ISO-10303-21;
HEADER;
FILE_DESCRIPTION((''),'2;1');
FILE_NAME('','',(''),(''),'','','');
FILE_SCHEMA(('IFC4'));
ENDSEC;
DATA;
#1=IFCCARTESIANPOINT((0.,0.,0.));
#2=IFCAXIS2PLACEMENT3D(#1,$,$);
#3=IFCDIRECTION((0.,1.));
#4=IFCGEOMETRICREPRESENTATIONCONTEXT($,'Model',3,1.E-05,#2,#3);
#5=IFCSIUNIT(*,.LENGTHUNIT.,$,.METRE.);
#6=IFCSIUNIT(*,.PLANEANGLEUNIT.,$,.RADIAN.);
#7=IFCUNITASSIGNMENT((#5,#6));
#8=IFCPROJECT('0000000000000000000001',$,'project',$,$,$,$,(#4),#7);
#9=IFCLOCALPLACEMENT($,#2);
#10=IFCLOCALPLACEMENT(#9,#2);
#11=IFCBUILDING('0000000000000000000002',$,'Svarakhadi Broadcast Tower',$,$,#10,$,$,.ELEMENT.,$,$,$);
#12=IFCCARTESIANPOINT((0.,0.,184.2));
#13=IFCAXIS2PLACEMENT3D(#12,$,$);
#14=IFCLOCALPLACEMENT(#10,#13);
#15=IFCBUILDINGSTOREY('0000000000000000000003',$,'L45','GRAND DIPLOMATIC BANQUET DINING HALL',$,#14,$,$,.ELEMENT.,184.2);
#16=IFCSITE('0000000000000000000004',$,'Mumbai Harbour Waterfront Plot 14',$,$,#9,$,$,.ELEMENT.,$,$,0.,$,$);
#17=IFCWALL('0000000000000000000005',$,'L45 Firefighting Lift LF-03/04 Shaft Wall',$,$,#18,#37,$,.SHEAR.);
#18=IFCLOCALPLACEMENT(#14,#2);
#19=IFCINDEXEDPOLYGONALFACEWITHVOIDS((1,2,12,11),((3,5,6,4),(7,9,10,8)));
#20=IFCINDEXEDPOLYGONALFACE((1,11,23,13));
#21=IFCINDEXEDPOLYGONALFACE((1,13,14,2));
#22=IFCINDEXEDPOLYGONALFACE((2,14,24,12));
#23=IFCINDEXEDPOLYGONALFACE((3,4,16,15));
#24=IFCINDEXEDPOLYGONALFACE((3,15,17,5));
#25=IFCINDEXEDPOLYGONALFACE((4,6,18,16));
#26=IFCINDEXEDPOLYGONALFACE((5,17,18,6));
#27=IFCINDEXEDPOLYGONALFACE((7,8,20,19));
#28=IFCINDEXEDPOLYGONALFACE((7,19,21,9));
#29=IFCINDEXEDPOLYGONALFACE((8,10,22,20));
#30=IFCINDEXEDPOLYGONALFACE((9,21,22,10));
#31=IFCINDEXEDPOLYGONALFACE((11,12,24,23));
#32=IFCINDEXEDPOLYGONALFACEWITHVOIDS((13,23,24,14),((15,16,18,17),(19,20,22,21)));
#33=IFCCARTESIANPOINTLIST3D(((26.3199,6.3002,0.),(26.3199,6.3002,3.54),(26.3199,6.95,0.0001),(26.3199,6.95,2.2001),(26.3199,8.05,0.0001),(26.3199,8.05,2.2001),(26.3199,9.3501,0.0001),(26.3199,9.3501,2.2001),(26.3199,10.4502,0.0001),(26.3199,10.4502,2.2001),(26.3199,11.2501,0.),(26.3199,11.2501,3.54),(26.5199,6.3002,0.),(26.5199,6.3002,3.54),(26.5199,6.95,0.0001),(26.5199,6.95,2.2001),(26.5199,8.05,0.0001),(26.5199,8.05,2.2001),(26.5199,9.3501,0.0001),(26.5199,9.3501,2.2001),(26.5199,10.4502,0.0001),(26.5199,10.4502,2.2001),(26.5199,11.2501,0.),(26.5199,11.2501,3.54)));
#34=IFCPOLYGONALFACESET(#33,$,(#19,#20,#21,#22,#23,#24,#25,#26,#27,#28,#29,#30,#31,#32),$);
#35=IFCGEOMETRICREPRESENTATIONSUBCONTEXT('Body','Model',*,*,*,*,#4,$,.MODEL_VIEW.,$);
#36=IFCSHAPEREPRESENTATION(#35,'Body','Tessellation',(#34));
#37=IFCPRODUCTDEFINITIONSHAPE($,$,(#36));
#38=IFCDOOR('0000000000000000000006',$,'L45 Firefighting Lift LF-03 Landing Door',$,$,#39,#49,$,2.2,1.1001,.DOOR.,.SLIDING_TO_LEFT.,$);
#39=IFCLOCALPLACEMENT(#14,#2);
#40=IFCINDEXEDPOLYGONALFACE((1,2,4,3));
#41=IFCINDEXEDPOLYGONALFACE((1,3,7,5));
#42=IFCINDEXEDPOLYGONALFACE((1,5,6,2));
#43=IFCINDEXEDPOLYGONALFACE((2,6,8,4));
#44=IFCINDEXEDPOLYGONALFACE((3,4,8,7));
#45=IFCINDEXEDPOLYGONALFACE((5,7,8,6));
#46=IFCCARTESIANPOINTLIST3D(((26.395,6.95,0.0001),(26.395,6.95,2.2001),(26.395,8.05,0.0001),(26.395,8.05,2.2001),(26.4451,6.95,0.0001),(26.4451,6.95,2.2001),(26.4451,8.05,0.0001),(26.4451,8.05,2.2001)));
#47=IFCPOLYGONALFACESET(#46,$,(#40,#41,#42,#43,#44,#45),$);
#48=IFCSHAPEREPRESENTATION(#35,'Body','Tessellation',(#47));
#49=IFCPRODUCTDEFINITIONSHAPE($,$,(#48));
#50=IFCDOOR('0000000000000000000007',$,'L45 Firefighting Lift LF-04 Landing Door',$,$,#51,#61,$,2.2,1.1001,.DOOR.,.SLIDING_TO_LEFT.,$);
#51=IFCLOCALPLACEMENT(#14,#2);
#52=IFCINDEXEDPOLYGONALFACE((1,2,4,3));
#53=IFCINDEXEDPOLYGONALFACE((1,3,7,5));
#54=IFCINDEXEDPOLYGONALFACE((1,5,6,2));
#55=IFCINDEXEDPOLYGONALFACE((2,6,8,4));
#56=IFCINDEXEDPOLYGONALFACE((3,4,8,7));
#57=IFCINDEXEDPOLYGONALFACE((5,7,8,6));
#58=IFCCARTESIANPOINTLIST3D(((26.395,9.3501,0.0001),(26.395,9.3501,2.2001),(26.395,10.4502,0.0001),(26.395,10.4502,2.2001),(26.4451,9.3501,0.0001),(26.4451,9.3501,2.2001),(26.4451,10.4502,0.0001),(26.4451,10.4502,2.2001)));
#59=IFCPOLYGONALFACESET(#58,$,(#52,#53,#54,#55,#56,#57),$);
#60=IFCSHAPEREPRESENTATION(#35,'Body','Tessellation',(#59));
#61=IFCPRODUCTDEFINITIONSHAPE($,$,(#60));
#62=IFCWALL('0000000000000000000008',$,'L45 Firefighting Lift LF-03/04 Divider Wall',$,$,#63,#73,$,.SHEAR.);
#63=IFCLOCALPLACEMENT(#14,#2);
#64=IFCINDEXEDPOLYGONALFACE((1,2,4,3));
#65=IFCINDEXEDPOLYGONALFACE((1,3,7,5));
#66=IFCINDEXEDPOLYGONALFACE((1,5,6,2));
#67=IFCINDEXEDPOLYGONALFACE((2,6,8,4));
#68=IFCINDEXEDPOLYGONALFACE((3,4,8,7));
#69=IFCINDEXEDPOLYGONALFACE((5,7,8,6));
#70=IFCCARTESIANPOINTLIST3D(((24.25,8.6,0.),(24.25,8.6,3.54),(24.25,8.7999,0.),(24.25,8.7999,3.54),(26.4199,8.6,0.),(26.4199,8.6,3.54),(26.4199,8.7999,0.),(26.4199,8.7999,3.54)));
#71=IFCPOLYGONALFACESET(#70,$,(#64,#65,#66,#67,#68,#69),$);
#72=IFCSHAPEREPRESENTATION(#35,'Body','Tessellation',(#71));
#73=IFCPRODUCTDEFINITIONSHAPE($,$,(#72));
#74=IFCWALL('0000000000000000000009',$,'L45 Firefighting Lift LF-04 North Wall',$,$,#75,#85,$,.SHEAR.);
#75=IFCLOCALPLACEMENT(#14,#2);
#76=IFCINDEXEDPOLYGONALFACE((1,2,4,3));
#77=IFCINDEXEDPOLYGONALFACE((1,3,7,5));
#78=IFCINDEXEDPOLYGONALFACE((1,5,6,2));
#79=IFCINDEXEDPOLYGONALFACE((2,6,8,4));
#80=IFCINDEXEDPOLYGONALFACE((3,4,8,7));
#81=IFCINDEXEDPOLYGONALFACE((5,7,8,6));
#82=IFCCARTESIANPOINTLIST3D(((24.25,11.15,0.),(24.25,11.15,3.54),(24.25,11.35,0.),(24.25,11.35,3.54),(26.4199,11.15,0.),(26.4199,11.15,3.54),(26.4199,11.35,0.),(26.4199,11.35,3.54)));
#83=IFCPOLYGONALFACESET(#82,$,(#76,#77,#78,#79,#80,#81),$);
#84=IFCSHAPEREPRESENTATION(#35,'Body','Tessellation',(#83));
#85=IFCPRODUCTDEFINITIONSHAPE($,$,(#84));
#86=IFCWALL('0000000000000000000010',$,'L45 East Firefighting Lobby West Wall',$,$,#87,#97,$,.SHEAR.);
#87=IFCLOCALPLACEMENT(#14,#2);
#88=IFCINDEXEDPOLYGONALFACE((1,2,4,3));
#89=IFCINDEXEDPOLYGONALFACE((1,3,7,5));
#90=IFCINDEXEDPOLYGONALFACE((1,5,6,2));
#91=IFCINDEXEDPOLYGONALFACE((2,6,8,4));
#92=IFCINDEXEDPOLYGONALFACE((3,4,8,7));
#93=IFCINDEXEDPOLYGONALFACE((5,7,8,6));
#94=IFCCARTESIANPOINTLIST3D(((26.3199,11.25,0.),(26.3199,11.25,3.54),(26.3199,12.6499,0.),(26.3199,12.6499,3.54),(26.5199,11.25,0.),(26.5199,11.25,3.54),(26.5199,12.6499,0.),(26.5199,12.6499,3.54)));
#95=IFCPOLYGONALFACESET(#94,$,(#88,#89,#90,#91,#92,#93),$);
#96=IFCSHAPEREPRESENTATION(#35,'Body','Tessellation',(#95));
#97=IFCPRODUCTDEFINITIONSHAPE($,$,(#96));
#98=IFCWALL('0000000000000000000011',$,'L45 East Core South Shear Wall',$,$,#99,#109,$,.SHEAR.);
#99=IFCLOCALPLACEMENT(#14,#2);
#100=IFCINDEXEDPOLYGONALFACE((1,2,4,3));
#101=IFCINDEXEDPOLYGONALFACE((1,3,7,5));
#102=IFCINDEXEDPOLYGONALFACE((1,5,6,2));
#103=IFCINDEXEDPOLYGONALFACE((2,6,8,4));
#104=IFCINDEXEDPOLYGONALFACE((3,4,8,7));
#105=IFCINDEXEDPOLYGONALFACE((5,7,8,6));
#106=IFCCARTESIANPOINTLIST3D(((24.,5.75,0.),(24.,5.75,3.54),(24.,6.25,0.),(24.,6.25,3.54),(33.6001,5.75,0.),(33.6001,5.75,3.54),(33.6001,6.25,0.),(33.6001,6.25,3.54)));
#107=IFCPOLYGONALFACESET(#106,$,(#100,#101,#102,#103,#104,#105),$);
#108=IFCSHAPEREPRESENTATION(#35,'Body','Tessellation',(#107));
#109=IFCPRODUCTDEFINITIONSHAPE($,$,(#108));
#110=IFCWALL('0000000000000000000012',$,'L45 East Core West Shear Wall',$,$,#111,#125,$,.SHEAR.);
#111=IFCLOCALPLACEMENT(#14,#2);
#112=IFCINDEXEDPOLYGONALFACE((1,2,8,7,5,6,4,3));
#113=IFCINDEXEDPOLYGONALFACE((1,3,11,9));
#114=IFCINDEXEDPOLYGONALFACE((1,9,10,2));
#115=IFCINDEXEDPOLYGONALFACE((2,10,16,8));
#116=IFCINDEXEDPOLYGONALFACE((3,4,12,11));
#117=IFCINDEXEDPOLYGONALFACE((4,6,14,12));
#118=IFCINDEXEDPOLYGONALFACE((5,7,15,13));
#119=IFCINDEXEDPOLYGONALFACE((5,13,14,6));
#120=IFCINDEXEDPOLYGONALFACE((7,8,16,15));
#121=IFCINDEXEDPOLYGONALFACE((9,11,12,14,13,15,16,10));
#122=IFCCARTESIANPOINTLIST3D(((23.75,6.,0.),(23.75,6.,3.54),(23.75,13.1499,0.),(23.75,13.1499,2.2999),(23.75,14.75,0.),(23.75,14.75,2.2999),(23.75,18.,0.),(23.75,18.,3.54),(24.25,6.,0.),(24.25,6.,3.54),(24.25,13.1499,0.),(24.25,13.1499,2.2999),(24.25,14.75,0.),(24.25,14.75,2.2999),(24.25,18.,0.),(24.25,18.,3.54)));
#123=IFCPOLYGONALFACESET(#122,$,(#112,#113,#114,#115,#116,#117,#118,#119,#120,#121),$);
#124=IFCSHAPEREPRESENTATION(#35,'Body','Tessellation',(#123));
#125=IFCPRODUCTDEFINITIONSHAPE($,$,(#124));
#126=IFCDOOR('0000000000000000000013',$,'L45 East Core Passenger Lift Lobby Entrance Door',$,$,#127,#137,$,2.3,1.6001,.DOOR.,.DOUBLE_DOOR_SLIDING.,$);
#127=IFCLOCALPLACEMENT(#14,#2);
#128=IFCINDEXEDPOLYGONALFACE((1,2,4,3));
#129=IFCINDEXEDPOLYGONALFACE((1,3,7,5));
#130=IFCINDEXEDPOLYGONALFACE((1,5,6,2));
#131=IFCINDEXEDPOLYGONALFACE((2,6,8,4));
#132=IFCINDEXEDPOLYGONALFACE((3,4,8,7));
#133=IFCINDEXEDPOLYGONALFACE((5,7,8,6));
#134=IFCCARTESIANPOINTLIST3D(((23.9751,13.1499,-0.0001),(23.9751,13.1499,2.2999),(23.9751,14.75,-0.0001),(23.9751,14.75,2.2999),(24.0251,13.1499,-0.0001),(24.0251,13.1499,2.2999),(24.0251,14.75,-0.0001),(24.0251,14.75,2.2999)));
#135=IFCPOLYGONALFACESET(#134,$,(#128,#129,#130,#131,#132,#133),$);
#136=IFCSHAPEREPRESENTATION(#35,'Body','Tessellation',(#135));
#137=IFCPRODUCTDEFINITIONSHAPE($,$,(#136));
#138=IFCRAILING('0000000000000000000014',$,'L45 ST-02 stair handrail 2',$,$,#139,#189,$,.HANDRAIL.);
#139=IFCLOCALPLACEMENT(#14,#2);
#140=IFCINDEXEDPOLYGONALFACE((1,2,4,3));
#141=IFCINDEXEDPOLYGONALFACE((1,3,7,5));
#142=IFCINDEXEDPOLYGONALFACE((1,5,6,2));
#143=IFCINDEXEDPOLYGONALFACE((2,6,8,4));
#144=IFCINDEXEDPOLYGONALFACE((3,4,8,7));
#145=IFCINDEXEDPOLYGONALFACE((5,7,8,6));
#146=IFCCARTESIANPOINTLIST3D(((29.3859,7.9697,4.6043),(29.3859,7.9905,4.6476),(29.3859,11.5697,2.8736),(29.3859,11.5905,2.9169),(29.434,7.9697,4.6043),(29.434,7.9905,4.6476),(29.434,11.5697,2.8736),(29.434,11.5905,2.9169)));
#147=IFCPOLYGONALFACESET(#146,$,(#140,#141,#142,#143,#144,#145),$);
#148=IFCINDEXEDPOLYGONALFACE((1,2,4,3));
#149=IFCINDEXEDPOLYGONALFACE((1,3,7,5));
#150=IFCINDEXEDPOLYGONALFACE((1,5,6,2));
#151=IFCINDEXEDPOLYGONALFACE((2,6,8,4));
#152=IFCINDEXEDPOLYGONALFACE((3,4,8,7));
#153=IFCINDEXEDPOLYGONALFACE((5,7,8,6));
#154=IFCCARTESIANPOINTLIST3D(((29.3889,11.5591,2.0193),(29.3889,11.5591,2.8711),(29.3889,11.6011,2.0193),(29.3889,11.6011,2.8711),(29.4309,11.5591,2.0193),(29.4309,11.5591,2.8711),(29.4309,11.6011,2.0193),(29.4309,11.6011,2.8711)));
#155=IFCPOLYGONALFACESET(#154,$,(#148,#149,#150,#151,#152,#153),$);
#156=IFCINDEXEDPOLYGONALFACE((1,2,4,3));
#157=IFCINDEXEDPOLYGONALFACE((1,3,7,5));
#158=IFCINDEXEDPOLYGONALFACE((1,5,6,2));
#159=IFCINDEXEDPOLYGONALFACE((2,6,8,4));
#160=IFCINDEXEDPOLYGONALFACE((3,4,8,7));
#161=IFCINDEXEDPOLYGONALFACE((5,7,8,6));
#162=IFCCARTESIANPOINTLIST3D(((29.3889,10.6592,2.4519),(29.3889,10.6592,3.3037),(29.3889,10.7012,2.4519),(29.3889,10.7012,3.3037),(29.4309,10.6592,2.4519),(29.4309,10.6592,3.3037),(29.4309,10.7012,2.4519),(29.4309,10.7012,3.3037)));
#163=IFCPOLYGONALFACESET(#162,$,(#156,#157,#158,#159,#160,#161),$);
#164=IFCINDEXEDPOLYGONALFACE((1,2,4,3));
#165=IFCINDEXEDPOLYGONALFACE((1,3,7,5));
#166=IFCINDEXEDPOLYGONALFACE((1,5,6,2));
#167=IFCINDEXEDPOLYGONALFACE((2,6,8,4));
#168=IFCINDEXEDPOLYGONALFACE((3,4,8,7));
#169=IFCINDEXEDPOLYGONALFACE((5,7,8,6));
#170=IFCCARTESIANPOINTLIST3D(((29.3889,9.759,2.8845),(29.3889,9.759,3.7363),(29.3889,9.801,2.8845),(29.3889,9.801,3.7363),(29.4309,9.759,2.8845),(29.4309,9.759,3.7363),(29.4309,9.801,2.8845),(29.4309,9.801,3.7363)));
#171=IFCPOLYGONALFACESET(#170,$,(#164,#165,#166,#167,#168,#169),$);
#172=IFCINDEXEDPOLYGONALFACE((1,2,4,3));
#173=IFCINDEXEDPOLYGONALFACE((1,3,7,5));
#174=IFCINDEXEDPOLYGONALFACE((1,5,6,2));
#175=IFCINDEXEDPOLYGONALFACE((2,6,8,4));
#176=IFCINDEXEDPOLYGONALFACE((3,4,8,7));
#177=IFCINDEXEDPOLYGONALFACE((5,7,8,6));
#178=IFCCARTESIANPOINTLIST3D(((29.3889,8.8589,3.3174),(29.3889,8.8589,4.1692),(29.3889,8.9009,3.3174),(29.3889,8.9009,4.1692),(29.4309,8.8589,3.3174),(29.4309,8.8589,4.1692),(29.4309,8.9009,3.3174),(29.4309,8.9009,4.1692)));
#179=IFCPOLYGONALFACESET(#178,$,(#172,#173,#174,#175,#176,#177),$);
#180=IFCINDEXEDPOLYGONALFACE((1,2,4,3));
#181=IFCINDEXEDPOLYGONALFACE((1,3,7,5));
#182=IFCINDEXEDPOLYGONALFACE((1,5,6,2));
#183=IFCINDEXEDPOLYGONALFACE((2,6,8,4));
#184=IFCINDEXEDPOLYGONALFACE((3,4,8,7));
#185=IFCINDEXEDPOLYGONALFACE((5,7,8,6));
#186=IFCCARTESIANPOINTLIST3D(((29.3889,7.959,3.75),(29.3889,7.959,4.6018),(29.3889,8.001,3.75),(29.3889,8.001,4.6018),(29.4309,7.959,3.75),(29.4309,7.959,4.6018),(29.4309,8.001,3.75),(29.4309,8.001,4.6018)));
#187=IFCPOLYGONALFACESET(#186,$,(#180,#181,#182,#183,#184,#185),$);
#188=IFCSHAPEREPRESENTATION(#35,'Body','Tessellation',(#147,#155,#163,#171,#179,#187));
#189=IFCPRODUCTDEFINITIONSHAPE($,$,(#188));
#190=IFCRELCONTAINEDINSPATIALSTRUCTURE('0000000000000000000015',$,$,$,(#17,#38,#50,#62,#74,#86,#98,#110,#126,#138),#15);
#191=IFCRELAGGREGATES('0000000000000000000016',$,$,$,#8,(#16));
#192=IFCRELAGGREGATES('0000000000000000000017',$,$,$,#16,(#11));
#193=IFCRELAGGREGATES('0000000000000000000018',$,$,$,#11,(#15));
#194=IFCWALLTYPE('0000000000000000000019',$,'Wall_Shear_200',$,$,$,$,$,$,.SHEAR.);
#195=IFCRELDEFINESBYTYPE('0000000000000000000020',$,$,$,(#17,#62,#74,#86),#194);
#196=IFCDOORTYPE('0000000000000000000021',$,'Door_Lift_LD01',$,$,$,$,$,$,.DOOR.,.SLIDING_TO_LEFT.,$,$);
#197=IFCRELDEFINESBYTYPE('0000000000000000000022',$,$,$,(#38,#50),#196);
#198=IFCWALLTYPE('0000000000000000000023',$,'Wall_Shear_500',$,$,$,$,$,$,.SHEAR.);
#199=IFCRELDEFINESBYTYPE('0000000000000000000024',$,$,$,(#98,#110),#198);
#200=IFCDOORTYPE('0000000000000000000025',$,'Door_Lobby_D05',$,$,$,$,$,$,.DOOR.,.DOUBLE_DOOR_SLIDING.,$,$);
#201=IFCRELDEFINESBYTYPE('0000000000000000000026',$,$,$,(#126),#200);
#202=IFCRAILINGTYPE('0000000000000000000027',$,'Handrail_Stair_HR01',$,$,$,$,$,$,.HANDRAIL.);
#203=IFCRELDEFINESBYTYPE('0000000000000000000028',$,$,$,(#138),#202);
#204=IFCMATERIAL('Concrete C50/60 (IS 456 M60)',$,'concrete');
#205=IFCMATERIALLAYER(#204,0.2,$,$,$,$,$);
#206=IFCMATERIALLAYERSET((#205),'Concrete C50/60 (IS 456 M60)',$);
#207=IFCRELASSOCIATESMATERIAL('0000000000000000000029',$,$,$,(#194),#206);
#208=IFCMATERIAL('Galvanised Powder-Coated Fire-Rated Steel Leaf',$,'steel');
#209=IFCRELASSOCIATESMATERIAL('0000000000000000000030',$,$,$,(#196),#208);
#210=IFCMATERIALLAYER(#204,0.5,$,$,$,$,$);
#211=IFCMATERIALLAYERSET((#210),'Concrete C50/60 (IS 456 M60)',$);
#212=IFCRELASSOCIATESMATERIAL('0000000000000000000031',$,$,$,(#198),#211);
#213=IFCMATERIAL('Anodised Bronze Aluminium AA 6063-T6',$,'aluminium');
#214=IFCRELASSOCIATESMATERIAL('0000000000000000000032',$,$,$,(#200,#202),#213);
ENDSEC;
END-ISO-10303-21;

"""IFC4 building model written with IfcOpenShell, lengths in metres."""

from ifc_helpers import new_model, si_unit, direction, frame, frame_2d, origin, origin_2d, place, context, subcontext, project, spatial, rectangle, extrude, material, layer, layer_set, type_object, element, fill, save


model = new_model("IFC4")

# Units and contexts
model_context = context("Model", 3, precision=1e-05, world=origin(), true_north=direction((0.0, 1.0)))
body_context = subcontext(model_context, "Body", "Model", "MODEL_VIEW")
ifc_project = project(units=[si_unit("LENGTHUNIT", "METRE"), si_unit("PLANEANGLEUNIT", "RADIAN")], contexts=[model_context])

# Site, building, storey
site_placement = place(None, origin())
site = spatial("IfcSite", under=ifc_project, at=site_placement, Name="Mumbai Harbour Waterfront Plot 14", CompositionType="ELEMENT", RefElevation=0.0)
building_placement = place(site_placement, origin())
building = spatial("IfcBuilding", under=site, at=building_placement, Name="Svarakhadi Broadcast Tower", CompositionType="ELEMENT")
storey_placement = place(building_placement, frame((0.0, 0.0, 184.2)))
storey = spatial("IfcBuildingStorey", under=building, at=storey_placement, Name="L45", Description="GRAND DIPLOMATIC BANQUET DINING HALL", CompositionType="ELEMENT", Elevation=184.2)

# Shared definitions
ifc_material_1 = material(Name="Concrete C50/60 (IS 456 M60)", Category="concrete")

# Shared definitions
ifc_layer_1 = layer(ifc_material_1, 0.2)
ifc_layer_set_1 = layer_set([ifc_layer_1], Name="Concrete C50/60 (IS 456 M60)")
wall_type_1 = type_object("IfcWallType", Name="Wall_Shear_200", PredefinedType="SHEAR", material=ifc_layer_set_1)
ifc_material_2 = material(Name="Galvanised Powder-Coated Fire-Rated Steel Leaf", Category="steel")

# Wall, openings, doors
wall_1_placement = place(storey_placement, frame((26.4199, 6.3, 0.0), z_axis=(0.0, 0.0, 1.0), x_axis=(0.0, 1.0, 0.0)))
wall_1 = element("IfcWall", 1, at=wall_1_placement, inside=storey, type_object=wall_type_1, Name="L45 Firefighting Lift LF-03/04 Shaft Wall", PredefinedType="SHEAR", context=body_context, shape_type="SweptSolid", body=[
    extrude(rectangle(XDim=4.95, YDim=0.2, at=frame_2d((2.4751, 0.0))), origin(), (0.0, 0.0, 1.0), 3.54),
])
opening_1_placement = place(wall_1_placement, frame((0.6499, 0.0, 0.0)))
opening_1 = element("IfcOpeningElement", 2, at=opening_1_placement, cuts=wall_1, PredefinedType="OPENING", context=body_context, shape_type="SweptSolid", body=[
    extrude(rectangle(XDim=1.1001, YDim=2.2, at=frame_2d((0.55, 1.1001))), frame((0.0, 0.1099, 0.0), z_axis=(0.0, -1.0, 0.0), x_axis=(1.0, 0.0, 0.0)), (0.0, 0.0, 1.0), 0.22),
])
opening_2_placement = place(wall_1_placement, frame((3.05, 0.0, 0.0)))
opening_2 = element("IfcOpeningElement", 3, at=opening_2_placement, cuts=wall_1, PredefinedType="OPENING", context=body_context, shape_type="SweptSolid", body=[
    extrude(rectangle(XDim=1.1001, YDim=2.2, at=frame_2d((0.55, 1.1001))), frame((0.0, 0.1099, 0.0), z_axis=(0.0, -1.0, 0.0), x_axis=(1.0, 0.0, 0.0)), (0.0, 0.0, 1.0), 0.22),
])
door_type_1 = type_object("IfcDoorType", Name="Door_Lift_LD01", OperationType="SLIDING_TO_LEFT", PredefinedType="DOOR", material=ifc_material_2)
door_1_placement = place(opening_1_placement, origin())
door_1 = element("IfcDoor", 4, at=door_1_placement, inside=storey, type_object=door_type_1, Name="L45 Firefighting Lift LF-03 Landing Door", OperationType="SLIDING_TO_LEFT", OverallHeight=2.2, OverallWidth=1.1001, PredefinedType="DOOR", context=body_context, shape_type="SweptSolid", body=[
    extrude(rectangle(XDim=1.1001, YDim=2.2, at=frame_2d((0.55, 1.1001))), frame((0.0, 0.0249, 0.0), z_axis=(0.0, -1.0, 0.0), x_axis=(1.0, 0.0, 0.0)), (0.0, 0.0, 1.0), 0.05),
])
fill(opening_1, door_1)
door_2_placement = place(opening_2_placement, origin())
door_2 = element("IfcDoor", 5, at=door_2_placement, inside=storey, type_object=door_type_1, Name="L45 Firefighting Lift LF-04 Landing Door", OperationType="SLIDING_TO_LEFT", OverallHeight=2.2, OverallWidth=1.1001, PredefinedType="DOOR", context=body_context, shape_type="SweptSolid", body=[
    extrude(rectangle(XDim=1.1001, YDim=2.2, at=frame_2d((0.55, 1.1001))), frame((0.0, 0.0249, 0.0), z_axis=(0.0, -1.0, 0.0), x_axis=(1.0, 0.0, 0.0)), (0.0, 0.0, 1.0), 0.05),
])
fill(opening_2, door_2)

# Walls
for number, where, z_axis, x_axis, name in (
    (6, (24.25, 8.7, 0.0), (0.0, 0.0, 1.0), (1.0, 0.0, 0.0), "L45 Firefighting Lift LF-03/04 Divider Wall"),
    (7, (24.25, 11.25, 0.0), (0.0, 0.0, 1.0), (1.0, 0.0, 0.0), "L45 Firefighting Lift LF-04 North Wall"),
):
    element("IfcWall", number, at=place(storey_placement, frame(where, z_axis=z_axis, x_axis=x_axis)), inside=storey, type_object=wall_type_1, Name=name, PredefinedType="SHEAR", context=body_context, shape_type="SweptSolid", body=[
        extrude(rectangle(XDim=2.1699, YDim=0.2, at=frame_2d((1.085, 0.0))), origin(), (0.0, 0.0, 1.0), 3.54),
    ])
wall_2_placement = place(storey_placement, frame((26.4199, 11.25, 0.0), z_axis=(0.0, 0.0, 1.0), x_axis=(0.0, 1.0, 0.0)))
element("IfcWall", 8, at=wall_2_placement, inside=storey, type_object=wall_type_1, Name="L45 East Firefighting Lobby West Wall", PredefinedType="SHEAR", context=body_context, shape_type="SweptSolid", body=[
    extrude(rectangle(XDim=1.3999, YDim=0.2, at=frame_2d((0.7, 0.0))), origin(), (0.0, 0.0, 1.0), 3.54),
])
ifc_layer_2 = layer(ifc_material_1, 0.5)
ifc_layer_set_2 = layer_set([ifc_layer_2], Name="Concrete C50/60 (IS 456 M60)")
wall_type_2 = type_object("IfcWallType", Name="Wall_Shear_500", PredefinedType="SHEAR", material=ifc_layer_set_2)
wall_3_placement = place(storey_placement, frame((24.0, 6.0, 0.0), z_axis=(0.0, 0.0, 1.0), x_axis=(1.0, 0.0, 0.0)))
element("IfcWall", 9, at=wall_3_placement, inside=storey, type_object=wall_type_2, Name="L45 East Core South Shear Wall", PredefinedType="SHEAR", context=body_context, shape_type="SweptSolid", body=[
    extrude(rectangle(XDim=9.6001, YDim=0.5, at=frame_2d((4.8, 0.0))), origin(), (0.0, 0.0, 1.0), 3.54),
])

# Wall, opening, door
wall_4_placement = place(storey_placement, frame((24.0, 6.0, 0.0), z_axis=(0.0, 0.0, 1.0), x_axis=(0.0, 1.0, 0.0)))
wall_4 = element("IfcWall", 10, at=wall_4_placement, inside=storey, type_object=wall_type_2, Name="L45 East Core West Shear Wall", PredefinedType="SHEAR", context=body_context, shape_type="SweptSolid", body=[
    extrude(rectangle(XDim=12.0, YDim=0.5, at=frame_2d((6.0, 0.0))), origin(), (0.0, 0.0, 1.0), 3.54),
])
opening_3_placement = place(wall_4_placement, frame((7.1499, 0.0, 0.0)))
opening_3 = element("IfcOpeningElement", 11, at=opening_3_placement, cuts=wall_4, PredefinedType="OPENING", context=body_context, shape_type="SweptSolid", body=[
    extrude(rectangle(XDim=1.6001, YDim=2.3, at=frame_2d((0.8, 1.1499))), frame((0.0, 0.26, 0.0), z_axis=(0.0, -1.0, 0.0), x_axis=(1.0, 0.0, 0.0)), (0.0, 0.0, 1.0), 0.52),
])
ifc_material_3 = material(Name="Anodised Bronze Aluminium AA 6063-T6", Category="aluminium")
door_type_2 = type_object("IfcDoorType", Name="Door_Lobby_D05", OperationType="DOUBLE_DOOR_SLIDING", PredefinedType="DOOR", material=ifc_material_3)
door_3_placement = place(opening_3_placement, origin())
door_3 = element("IfcDoor", 12, at=door_3_placement, inside=storey, type_object=door_type_2, Name="L45 East Core Passenger Lift Lobby Entrance Door", OperationType="DOUBLE_DOOR_SLIDING", OverallHeight=2.3, OverallWidth=1.6001, PredefinedType="DOOR", context=body_context, shape_type="SweptSolid", body=[
    extrude(rectangle(XDim=1.6001, YDim=2.3, at=frame_2d((0.8, 1.1499))), frame((0.0, 0.0249, 0.0), z_axis=(0.0, -1.0, 0.0), x_axis=(1.0, 0.0, 0.0)), (0.0, 0.0, 1.0), 0.05),
])
fill(opening_3, door_3)

# Railing
railing_type = type_object("IfcRailingType", Name="Handrail_Stair_HR01", PredefinedType="HANDRAIL", material=ifc_material_3)
railing_placement = place(storey_placement, frame((29.4099, 11.5801, 2.0193)))
element("IfcRailing", 13, at=railing_placement, inside=storey, type_object=railing_type, Name="L45 ST-02 stair handrail 2", PredefinedType="HANDRAIL", context=body_context, shape_type="SweptSolid", body=[
    extrude(rectangle(XDim=0.0481, YDim=0.0481, at=origin_2d()), frame((0.0, 0.0, 0.876), z_axis=(0.0, -0.901263, 0.433273), x_axis=(1.0, 0.0, 0.0)), (0.0, 0.0, 1.0), 3.9944),
    extrude(rectangle(XDim=0.042, YDim=0.042, at=origin_2d()), origin(), (0.0, 0.0, 1.0), 0.8518),
    extrude(rectangle(XDim=0.042, YDim=0.042, at=origin_2d()), frame((0.0, -0.8999, 0.4326)), (0.0, 0.0, 1.0), 0.8518),
    extrude(rectangle(XDim=0.042, YDim=0.042, at=origin_2d()), frame((0.0, -1.8, 0.8652)), (0.0, 0.0, 1.0), 0.8518),
    extrude(rectangle(XDim=0.042, YDim=0.042, at=origin_2d()), frame((0.0, -2.7002, 1.2981)), (0.0, 0.0, 1.0), 0.8518),
    extrude(rectangle(XDim=0.042, YDim=0.042, at=origin_2d()), frame((0.0, -3.6001, 1.7307)), (0.0, 0.0, 1.0), 0.8518),
])

save(model, "model.ifc")
